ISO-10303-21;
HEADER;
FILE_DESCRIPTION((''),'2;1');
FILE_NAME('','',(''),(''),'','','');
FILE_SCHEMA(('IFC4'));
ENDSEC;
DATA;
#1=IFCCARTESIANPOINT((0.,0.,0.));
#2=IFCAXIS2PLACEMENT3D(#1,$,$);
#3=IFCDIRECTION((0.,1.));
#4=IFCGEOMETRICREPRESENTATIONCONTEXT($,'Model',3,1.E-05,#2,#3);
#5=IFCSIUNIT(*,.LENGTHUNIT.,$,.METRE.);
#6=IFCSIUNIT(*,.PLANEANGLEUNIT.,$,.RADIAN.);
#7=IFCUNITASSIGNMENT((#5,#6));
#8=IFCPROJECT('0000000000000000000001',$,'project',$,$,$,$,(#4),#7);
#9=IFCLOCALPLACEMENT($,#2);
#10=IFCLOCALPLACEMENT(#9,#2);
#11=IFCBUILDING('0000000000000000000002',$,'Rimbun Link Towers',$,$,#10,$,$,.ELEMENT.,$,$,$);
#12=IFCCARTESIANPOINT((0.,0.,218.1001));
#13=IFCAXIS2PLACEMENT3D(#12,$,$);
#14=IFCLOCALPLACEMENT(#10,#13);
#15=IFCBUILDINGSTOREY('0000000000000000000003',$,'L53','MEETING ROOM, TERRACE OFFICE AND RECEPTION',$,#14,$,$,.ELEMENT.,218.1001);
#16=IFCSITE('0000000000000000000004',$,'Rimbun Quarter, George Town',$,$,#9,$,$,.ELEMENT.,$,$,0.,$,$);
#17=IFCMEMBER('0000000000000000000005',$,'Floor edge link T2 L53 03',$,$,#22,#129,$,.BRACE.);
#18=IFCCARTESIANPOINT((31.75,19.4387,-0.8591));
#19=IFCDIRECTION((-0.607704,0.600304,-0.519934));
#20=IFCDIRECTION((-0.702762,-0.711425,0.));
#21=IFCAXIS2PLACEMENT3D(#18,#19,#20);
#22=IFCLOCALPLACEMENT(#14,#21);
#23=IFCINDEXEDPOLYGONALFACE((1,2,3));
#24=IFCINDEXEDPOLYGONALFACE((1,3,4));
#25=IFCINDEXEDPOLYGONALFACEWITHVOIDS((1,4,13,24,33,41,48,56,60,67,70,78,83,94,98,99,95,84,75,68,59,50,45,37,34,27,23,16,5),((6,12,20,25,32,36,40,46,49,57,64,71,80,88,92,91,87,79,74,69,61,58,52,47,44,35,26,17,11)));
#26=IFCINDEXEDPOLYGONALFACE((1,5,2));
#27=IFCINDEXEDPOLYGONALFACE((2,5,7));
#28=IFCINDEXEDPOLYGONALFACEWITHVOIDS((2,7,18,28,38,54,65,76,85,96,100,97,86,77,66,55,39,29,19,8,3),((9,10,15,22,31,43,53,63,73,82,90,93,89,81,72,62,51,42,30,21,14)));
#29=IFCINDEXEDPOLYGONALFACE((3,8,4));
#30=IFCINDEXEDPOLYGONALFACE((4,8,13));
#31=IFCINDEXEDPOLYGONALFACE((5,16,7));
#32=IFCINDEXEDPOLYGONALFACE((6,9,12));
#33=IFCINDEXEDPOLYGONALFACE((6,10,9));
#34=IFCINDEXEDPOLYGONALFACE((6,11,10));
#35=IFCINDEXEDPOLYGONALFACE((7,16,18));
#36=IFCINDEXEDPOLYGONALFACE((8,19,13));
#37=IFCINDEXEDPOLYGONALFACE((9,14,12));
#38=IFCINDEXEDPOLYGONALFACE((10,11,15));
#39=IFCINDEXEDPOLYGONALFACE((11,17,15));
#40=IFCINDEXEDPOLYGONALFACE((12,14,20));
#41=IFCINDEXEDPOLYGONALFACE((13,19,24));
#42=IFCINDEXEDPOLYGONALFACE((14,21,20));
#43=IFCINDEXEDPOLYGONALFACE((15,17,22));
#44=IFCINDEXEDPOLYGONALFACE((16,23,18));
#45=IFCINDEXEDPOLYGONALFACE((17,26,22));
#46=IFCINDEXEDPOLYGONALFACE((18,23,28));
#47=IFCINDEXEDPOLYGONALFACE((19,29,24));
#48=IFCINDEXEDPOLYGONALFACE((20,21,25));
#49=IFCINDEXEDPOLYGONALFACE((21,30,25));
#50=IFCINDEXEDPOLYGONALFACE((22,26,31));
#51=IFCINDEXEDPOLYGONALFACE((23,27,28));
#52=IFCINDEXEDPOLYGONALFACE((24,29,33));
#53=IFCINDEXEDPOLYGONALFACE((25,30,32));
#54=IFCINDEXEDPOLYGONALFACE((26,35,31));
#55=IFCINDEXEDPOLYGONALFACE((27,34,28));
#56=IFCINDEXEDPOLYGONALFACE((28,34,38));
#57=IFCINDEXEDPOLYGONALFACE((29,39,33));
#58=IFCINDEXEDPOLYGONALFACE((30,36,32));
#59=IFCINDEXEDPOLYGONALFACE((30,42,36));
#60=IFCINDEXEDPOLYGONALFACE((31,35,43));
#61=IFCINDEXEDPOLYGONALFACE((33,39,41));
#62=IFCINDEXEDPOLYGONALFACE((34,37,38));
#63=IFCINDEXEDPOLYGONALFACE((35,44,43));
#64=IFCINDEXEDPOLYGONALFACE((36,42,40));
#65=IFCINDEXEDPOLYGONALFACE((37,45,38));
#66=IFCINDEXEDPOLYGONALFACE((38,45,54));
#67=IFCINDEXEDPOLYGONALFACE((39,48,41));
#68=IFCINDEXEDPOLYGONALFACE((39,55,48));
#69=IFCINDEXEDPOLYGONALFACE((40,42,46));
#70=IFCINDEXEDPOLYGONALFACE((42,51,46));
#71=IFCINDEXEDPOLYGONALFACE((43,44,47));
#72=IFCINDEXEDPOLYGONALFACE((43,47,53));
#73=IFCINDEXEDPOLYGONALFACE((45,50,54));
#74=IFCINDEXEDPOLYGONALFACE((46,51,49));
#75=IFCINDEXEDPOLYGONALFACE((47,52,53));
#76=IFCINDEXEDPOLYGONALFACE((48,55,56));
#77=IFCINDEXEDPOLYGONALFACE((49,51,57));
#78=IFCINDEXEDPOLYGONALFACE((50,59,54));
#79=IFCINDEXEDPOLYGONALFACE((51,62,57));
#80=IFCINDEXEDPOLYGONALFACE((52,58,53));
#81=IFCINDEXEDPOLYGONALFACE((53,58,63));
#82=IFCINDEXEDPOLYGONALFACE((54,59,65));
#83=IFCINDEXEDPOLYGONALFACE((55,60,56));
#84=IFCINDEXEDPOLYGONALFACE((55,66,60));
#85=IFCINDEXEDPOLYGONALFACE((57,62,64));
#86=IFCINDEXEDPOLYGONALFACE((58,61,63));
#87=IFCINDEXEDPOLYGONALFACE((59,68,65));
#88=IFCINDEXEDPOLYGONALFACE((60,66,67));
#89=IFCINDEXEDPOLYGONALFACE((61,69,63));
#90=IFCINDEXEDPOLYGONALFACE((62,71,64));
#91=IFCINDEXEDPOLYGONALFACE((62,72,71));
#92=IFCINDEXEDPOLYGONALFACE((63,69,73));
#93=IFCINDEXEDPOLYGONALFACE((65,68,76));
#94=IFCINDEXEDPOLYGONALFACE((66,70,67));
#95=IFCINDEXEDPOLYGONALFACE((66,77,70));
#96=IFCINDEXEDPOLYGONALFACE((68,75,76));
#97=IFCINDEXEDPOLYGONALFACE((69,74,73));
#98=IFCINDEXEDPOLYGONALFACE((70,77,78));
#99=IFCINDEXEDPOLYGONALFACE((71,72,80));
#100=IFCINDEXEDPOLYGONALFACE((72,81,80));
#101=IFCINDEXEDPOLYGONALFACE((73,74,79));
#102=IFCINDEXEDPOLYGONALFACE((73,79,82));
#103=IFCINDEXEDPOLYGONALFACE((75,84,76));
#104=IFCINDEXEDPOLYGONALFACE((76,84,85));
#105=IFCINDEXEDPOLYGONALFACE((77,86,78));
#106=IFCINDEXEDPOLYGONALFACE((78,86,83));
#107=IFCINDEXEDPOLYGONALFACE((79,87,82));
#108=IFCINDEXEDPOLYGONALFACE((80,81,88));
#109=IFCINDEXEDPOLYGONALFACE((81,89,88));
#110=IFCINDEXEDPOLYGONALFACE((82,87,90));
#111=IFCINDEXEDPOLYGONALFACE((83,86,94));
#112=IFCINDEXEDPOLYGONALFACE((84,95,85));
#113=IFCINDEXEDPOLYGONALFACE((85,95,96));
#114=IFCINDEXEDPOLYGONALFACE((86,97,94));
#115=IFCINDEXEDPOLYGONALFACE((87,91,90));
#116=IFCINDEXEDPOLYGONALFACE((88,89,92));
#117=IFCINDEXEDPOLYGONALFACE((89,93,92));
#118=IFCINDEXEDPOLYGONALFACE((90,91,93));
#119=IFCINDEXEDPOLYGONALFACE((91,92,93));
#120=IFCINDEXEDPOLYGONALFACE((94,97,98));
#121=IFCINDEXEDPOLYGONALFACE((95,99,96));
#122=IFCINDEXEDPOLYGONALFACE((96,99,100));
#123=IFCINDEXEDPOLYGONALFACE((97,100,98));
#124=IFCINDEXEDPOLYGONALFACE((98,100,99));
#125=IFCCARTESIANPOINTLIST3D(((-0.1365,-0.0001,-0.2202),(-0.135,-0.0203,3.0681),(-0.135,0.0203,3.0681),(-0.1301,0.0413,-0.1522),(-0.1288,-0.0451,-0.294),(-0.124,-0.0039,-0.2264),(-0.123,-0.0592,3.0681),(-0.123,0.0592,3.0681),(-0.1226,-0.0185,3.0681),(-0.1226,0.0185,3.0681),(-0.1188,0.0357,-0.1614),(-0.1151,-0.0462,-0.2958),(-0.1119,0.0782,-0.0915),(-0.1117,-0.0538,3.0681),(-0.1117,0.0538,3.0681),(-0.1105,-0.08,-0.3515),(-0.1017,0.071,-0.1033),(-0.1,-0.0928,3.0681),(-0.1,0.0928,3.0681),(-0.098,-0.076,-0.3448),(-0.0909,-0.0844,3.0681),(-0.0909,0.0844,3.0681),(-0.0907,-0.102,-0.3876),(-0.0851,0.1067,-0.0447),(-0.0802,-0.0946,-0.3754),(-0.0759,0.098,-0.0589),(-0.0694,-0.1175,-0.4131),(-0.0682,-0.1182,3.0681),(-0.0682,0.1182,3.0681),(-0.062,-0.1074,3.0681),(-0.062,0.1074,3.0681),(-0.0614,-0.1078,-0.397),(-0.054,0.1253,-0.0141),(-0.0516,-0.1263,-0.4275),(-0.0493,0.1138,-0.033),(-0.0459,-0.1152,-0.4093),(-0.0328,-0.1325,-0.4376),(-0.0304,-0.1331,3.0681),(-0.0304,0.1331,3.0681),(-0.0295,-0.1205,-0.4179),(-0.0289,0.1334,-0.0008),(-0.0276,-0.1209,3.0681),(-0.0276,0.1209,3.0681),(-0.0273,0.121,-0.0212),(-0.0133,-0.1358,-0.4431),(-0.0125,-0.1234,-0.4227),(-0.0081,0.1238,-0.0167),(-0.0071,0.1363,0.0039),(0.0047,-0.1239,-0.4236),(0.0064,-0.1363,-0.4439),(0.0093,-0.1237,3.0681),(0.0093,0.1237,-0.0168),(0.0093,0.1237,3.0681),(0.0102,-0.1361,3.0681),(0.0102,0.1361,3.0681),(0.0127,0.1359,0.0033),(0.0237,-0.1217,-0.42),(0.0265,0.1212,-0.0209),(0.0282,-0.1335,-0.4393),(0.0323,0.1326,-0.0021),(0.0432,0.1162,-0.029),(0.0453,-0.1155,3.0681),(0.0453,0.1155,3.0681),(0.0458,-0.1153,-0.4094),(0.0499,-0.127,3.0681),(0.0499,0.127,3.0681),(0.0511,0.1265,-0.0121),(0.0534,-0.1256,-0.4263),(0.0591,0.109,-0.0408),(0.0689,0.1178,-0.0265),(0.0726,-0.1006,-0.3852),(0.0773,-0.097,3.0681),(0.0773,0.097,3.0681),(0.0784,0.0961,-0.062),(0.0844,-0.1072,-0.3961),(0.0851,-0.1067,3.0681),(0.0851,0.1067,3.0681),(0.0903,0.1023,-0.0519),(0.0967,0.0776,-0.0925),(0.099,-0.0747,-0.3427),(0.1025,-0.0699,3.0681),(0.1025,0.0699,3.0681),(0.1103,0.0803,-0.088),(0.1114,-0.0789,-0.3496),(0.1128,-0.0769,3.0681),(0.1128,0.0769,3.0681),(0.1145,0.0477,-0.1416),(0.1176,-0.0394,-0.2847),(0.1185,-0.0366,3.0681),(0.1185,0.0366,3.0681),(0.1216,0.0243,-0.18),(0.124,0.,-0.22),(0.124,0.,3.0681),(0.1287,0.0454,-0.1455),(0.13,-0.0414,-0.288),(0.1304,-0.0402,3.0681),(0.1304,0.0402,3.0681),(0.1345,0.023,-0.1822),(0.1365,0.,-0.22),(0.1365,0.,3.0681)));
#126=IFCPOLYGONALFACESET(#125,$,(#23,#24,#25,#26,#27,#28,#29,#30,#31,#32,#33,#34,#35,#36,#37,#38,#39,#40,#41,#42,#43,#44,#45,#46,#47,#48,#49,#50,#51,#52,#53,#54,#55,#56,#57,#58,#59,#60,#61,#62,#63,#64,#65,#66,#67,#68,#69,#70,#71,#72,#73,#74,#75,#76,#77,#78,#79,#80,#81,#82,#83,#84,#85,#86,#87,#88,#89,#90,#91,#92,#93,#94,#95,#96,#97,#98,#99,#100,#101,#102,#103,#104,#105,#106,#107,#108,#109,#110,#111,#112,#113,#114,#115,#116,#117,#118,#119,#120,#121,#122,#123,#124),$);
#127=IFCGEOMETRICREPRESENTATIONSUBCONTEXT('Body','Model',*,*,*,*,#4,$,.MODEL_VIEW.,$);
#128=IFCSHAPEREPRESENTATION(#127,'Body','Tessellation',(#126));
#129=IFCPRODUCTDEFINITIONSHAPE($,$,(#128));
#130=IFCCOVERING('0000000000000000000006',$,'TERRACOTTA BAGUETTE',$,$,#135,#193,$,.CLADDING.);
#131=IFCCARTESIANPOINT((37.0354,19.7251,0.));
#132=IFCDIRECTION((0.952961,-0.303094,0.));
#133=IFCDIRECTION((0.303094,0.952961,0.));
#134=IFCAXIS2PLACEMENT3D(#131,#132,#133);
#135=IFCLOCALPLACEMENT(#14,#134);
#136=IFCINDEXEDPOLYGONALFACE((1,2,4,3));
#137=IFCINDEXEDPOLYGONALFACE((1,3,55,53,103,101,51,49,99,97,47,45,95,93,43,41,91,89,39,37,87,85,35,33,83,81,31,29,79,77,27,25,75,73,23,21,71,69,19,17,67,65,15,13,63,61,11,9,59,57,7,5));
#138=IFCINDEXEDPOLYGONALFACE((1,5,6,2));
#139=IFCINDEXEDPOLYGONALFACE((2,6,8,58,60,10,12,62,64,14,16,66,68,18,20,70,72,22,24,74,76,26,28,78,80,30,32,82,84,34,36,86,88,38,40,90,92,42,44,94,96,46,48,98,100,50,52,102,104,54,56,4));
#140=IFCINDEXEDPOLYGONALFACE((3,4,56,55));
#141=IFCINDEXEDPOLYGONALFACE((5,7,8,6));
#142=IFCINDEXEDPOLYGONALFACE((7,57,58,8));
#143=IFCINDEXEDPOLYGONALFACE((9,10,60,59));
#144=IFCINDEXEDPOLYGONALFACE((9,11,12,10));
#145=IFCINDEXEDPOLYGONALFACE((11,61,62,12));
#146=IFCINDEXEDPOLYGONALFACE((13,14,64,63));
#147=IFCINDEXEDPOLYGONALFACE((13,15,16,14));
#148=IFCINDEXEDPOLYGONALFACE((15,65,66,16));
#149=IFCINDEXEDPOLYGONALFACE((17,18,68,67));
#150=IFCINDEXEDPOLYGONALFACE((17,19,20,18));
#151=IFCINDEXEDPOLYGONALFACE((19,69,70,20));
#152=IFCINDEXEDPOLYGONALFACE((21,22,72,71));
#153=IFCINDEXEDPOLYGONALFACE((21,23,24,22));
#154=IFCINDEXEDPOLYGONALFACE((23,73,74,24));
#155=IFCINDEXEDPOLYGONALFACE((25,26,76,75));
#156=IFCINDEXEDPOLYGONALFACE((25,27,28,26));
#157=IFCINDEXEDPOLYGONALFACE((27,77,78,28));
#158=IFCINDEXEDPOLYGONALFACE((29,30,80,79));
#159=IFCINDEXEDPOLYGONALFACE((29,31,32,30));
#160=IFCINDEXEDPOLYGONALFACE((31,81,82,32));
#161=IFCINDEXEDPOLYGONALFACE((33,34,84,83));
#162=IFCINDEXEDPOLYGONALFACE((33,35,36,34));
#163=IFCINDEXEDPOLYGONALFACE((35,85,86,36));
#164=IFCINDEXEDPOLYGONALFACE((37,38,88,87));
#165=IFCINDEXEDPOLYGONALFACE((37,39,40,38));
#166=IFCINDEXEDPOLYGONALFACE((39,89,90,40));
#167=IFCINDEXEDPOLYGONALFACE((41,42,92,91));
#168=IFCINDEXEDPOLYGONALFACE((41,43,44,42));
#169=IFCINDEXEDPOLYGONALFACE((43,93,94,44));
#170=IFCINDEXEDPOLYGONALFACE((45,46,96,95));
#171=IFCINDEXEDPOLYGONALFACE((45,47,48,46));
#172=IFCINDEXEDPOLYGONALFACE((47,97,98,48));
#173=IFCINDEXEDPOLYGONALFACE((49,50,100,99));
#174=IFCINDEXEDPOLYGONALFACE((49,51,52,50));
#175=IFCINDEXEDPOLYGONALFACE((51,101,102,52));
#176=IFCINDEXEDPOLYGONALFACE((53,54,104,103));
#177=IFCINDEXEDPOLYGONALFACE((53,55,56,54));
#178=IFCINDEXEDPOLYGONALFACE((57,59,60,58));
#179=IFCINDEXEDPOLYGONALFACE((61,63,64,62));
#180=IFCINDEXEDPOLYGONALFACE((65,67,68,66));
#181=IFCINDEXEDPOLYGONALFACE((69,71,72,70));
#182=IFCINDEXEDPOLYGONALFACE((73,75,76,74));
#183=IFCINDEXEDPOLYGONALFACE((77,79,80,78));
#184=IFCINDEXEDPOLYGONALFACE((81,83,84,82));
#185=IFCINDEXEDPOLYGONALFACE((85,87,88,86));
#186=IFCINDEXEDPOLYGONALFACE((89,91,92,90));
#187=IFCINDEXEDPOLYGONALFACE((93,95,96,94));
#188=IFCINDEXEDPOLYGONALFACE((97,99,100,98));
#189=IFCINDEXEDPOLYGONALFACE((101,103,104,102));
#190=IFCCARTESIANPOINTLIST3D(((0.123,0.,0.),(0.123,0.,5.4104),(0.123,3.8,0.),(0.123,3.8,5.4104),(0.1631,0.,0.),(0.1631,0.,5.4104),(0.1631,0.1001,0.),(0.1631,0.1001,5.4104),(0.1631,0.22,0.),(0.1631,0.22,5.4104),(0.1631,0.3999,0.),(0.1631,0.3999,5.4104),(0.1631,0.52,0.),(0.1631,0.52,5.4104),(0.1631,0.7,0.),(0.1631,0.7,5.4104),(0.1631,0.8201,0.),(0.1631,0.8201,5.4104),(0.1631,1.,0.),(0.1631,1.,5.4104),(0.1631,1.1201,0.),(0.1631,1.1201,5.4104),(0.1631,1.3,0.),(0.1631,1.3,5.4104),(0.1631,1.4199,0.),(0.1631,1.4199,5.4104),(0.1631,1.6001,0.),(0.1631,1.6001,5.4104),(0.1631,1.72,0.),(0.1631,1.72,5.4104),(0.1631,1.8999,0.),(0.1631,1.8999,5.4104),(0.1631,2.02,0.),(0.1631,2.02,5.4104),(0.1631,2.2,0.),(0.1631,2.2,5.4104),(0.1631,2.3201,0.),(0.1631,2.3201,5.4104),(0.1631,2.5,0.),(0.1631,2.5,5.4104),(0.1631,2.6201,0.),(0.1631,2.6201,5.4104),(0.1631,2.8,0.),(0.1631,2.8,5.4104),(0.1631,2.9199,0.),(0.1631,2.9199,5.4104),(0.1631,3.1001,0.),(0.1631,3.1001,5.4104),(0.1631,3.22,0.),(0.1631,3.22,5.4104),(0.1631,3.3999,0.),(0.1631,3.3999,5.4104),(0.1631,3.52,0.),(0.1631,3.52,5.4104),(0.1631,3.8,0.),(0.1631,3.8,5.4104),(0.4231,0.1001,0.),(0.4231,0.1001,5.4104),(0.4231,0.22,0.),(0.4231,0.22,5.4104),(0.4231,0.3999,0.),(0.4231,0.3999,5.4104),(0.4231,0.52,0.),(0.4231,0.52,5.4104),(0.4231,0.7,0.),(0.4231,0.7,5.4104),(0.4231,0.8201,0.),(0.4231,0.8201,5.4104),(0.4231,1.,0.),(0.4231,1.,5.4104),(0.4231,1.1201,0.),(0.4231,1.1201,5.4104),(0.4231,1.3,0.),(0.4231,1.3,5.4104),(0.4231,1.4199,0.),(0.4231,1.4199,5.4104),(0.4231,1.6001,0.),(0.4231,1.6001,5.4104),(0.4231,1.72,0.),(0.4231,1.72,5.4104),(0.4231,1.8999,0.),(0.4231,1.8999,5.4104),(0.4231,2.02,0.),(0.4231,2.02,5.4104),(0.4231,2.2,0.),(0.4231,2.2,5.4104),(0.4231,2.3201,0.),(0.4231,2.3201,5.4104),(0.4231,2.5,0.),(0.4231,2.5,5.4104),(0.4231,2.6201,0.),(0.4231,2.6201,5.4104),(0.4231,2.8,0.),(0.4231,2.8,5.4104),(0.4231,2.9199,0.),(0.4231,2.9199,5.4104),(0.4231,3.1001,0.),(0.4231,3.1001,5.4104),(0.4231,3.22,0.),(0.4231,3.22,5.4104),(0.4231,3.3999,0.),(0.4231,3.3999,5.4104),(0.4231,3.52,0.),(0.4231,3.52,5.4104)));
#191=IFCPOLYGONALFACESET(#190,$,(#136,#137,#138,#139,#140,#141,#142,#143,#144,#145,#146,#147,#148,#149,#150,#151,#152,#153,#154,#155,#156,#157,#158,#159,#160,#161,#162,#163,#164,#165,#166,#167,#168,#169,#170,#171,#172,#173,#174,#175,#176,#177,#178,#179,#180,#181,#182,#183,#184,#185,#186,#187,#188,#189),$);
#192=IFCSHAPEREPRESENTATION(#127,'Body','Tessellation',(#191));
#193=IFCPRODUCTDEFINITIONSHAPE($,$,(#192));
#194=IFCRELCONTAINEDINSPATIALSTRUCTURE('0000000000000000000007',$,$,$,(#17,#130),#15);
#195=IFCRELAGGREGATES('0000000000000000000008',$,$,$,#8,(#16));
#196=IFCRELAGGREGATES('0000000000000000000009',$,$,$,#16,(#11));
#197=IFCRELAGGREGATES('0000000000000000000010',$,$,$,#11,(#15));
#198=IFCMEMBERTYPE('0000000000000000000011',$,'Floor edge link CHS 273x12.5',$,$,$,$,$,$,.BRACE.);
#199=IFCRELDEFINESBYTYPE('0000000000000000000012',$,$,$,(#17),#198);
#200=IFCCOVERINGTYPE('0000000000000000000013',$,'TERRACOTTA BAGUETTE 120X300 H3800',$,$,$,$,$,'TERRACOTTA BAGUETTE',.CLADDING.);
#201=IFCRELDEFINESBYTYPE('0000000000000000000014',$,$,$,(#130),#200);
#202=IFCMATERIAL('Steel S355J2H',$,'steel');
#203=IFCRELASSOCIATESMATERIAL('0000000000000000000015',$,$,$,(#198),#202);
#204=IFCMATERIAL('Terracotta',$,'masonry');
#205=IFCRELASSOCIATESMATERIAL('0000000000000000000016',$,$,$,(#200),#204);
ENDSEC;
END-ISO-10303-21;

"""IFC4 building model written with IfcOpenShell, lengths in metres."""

from ifc_helpers import new_model, si_unit, direction, frame, origin, origin_2d, place, context, subcontext, project, spatial, polyline, hollow_circle, outline, extrude, clip, halfspace, material, material_profile, profile_set, type_object, element, save


model = new_model("IFC4")

# Units and contexts
model_context = context("Model", 3, precision=1e-05, world=origin(), true_north=direction((0.0, 1.0)))
body_context = subcontext(model_context, "Body", "Model", "MODEL_VIEW")
ifc_project = project(units=[si_unit("LENGTHUNIT", "METRE"), si_unit("PLANEANGLEUNIT", "RADIAN")], contexts=[model_context])

# Site, building, storey
site_placement = place(None, origin())
site = spatial("IfcSite", under=ifc_project, at=site_placement, Name="Rimbun Quarter, George Town", CompositionType="ELEMENT", RefElevation=0.0)
building_placement = place(site_placement, origin())
building = spatial("IfcBuilding", under=site, at=building_placement, Name="Rimbun Link Towers", CompositionType="ELEMENT")
storey_placement = place(building_placement, frame((0.0, 0.0, 218.1001)))
storey = spatial("IfcBuildingStorey", under=building, at=storey_placement, Name="L53", Description="MEETING ROOM, TERRACE OFFICE AND RECEPTION", CompositionType="ELEMENT", Elevation=218.1001)

# Member
ifc_material_1 = material(Name="Steel S355J2H", Category="steel")
ifc_material_profile_1 = material_profile(ifc_material_1, hollow_circle(Radius=0.1365, WallThickness=0.0125, at=origin_2d()), Name="CHS 273x12.5")
ifc_profile_set_1 = profile_set([ifc_material_profile_1], Name="Steel S355J2H")
member_type_1 = type_object("IfcMemberType", Name="Floor edge link CHS 273x12.5", PredefinedType="BRACE", material=ifc_profile_set_1)
member_1_placement = place(storey_placement, frame((31.75, 19.4387, -0.8591), z_axis=(-0.607704, 0.600304, -0.519934), x_axis=(-0.702762, -0.711425, 0.0)))
element("IfcMember", 1, at=member_1_placement, inside=storey, type_object=member_type_1, Name="Floor edge link T2 L53 03", PredefinedType="BRACE", context=body_context, shape_type="Clipping", body=[
    clip(extrude(hollow_circle(Radius=0.1365, WallThickness=0.0125, at=origin_2d()), frame((0.0, 0.0, -0.4678)), (0.0, 0.0, 1.0), 3.5359), halfspace(frame((0.0, 0.0, -0.22), z_axis=(0.0, 0.854206, -0.519934)), False)),
])

# Covering
ifc_material_2 = material(Name="Terracotta", Category="masonry")
ifc_material_profile_2 = material_profile(ifc_material_2, outline(polyline([(0.123, 0.0), (0.1631, 0.0), (0.1631, 0.1001), (0.4231, 0.1001), (0.4231, 0.22), (0.1631, 0.22), (0.1631, 0.3999), (0.4231, 0.3999), (0.4231, 0.52), (0.1631, 0.52), (0.1631, 0.7), (0.4231, 0.7), (0.4231, 0.8201), (0.1631, 0.8201), (0.1631, 1.0), (0.4231, 1.0), (0.4231, 1.1201), (0.1631, 1.1201), (0.1631, 1.3), (0.4231, 1.3), (0.4231, 1.4199), (0.1631, 1.4199), (0.1631, 1.6001), (0.4231, 1.6001), (0.4231, 1.72), (0.1631, 1.72), (0.1631, 1.8999), (0.4231, 1.8999), (0.4231, 2.02), (0.1631, 2.02), (0.1631, 2.2), (0.4231, 2.2), (0.4231, 2.3201), (0.1631, 2.3201), (0.1631, 2.5), (0.4231, 2.5), (0.4231, 2.6201), (0.1631, 2.6201), (0.1631, 2.8), (0.4231, 2.8), (0.4231, 2.9199), (0.1631, 2.9199), (0.1631, 3.1001), (0.4231, 3.1001), (0.4231, 3.22), (0.1631, 3.22), (0.1631, 3.3999), (0.4231, 3.3999), (0.4231, 3.52), (0.1631, 3.52), (0.1631, 3.8), (0.123, 3.8), (0.123, 0.0)])), Name="BAGUETTE 120X300")
ifc_profile_set_2 = profile_set([ifc_material_profile_2], Name="Terracotta")
covering_type = type_object("IfcCoveringType", Name="TERRACOTTA BAGUETTE 120X300 H3800", ElementType="TERRACOTTA BAGUETTE", PredefinedType="CLADDING", material=ifc_profile_set_2)
covering_1_placement = place(storey_placement, frame((37.0354, 19.7251, 0.0), z_axis=(0.952961, -0.303094, 0.0), x_axis=(0.303094, 0.952961, 0.0)))
element("IfcCovering", 2, at=covering_1_placement, inside=storey, type_object=covering_type, Name="TERRACOTTA BAGUETTE", PredefinedType="CLADDING", context=body_context, shape_type="SweptSolid", body=[
    extrude(outline(polyline([(0.123, 0.0), (0.1631, 0.0), (0.1631, 0.1001), (0.4231, 0.1001), (0.4231, 0.22), (0.1631, 0.22), (0.1631, 0.3999), (0.4231, 0.3999), (0.4231, 0.52), (0.1631, 0.52), (0.1631, 0.7), (0.4231, 0.7), (0.4231, 0.8201), (0.1631, 0.8201), (0.1631, 1.0), (0.4231, 1.0), (0.4231, 1.1201), (0.1631, 1.1201), (0.1631, 1.3), (0.4231, 1.3), (0.4231, 1.4199), (0.1631, 1.4199), (0.1631, 1.6001), (0.4231, 1.6001), (0.4231, 1.72), (0.1631, 1.72), (0.1631, 1.8999), (0.4231, 1.8999), (0.4231, 2.02), (0.1631, 2.02), (0.1631, 2.2), (0.4231, 2.2), (0.4231, 2.3201), (0.1631, 2.3201), (0.1631, 2.5), (0.4231, 2.5), (0.4231, 2.6201), (0.1631, 2.6201), (0.1631, 2.8), (0.4231, 2.8), (0.4231, 2.9199), (0.1631, 2.9199), (0.1631, 3.1001), (0.4231, 3.1001), (0.4231, 3.22), (0.1631, 3.22), (0.1631, 3.3999), (0.4231, 3.3999), (0.4231, 3.52), (0.1631, 3.52), (0.1631, 3.8), (0.123, 3.8), (0.123, 0.0)])), origin(), (0.0, 0.0, 1.0), 5.4104),
])

save(model, "model.ifc")
